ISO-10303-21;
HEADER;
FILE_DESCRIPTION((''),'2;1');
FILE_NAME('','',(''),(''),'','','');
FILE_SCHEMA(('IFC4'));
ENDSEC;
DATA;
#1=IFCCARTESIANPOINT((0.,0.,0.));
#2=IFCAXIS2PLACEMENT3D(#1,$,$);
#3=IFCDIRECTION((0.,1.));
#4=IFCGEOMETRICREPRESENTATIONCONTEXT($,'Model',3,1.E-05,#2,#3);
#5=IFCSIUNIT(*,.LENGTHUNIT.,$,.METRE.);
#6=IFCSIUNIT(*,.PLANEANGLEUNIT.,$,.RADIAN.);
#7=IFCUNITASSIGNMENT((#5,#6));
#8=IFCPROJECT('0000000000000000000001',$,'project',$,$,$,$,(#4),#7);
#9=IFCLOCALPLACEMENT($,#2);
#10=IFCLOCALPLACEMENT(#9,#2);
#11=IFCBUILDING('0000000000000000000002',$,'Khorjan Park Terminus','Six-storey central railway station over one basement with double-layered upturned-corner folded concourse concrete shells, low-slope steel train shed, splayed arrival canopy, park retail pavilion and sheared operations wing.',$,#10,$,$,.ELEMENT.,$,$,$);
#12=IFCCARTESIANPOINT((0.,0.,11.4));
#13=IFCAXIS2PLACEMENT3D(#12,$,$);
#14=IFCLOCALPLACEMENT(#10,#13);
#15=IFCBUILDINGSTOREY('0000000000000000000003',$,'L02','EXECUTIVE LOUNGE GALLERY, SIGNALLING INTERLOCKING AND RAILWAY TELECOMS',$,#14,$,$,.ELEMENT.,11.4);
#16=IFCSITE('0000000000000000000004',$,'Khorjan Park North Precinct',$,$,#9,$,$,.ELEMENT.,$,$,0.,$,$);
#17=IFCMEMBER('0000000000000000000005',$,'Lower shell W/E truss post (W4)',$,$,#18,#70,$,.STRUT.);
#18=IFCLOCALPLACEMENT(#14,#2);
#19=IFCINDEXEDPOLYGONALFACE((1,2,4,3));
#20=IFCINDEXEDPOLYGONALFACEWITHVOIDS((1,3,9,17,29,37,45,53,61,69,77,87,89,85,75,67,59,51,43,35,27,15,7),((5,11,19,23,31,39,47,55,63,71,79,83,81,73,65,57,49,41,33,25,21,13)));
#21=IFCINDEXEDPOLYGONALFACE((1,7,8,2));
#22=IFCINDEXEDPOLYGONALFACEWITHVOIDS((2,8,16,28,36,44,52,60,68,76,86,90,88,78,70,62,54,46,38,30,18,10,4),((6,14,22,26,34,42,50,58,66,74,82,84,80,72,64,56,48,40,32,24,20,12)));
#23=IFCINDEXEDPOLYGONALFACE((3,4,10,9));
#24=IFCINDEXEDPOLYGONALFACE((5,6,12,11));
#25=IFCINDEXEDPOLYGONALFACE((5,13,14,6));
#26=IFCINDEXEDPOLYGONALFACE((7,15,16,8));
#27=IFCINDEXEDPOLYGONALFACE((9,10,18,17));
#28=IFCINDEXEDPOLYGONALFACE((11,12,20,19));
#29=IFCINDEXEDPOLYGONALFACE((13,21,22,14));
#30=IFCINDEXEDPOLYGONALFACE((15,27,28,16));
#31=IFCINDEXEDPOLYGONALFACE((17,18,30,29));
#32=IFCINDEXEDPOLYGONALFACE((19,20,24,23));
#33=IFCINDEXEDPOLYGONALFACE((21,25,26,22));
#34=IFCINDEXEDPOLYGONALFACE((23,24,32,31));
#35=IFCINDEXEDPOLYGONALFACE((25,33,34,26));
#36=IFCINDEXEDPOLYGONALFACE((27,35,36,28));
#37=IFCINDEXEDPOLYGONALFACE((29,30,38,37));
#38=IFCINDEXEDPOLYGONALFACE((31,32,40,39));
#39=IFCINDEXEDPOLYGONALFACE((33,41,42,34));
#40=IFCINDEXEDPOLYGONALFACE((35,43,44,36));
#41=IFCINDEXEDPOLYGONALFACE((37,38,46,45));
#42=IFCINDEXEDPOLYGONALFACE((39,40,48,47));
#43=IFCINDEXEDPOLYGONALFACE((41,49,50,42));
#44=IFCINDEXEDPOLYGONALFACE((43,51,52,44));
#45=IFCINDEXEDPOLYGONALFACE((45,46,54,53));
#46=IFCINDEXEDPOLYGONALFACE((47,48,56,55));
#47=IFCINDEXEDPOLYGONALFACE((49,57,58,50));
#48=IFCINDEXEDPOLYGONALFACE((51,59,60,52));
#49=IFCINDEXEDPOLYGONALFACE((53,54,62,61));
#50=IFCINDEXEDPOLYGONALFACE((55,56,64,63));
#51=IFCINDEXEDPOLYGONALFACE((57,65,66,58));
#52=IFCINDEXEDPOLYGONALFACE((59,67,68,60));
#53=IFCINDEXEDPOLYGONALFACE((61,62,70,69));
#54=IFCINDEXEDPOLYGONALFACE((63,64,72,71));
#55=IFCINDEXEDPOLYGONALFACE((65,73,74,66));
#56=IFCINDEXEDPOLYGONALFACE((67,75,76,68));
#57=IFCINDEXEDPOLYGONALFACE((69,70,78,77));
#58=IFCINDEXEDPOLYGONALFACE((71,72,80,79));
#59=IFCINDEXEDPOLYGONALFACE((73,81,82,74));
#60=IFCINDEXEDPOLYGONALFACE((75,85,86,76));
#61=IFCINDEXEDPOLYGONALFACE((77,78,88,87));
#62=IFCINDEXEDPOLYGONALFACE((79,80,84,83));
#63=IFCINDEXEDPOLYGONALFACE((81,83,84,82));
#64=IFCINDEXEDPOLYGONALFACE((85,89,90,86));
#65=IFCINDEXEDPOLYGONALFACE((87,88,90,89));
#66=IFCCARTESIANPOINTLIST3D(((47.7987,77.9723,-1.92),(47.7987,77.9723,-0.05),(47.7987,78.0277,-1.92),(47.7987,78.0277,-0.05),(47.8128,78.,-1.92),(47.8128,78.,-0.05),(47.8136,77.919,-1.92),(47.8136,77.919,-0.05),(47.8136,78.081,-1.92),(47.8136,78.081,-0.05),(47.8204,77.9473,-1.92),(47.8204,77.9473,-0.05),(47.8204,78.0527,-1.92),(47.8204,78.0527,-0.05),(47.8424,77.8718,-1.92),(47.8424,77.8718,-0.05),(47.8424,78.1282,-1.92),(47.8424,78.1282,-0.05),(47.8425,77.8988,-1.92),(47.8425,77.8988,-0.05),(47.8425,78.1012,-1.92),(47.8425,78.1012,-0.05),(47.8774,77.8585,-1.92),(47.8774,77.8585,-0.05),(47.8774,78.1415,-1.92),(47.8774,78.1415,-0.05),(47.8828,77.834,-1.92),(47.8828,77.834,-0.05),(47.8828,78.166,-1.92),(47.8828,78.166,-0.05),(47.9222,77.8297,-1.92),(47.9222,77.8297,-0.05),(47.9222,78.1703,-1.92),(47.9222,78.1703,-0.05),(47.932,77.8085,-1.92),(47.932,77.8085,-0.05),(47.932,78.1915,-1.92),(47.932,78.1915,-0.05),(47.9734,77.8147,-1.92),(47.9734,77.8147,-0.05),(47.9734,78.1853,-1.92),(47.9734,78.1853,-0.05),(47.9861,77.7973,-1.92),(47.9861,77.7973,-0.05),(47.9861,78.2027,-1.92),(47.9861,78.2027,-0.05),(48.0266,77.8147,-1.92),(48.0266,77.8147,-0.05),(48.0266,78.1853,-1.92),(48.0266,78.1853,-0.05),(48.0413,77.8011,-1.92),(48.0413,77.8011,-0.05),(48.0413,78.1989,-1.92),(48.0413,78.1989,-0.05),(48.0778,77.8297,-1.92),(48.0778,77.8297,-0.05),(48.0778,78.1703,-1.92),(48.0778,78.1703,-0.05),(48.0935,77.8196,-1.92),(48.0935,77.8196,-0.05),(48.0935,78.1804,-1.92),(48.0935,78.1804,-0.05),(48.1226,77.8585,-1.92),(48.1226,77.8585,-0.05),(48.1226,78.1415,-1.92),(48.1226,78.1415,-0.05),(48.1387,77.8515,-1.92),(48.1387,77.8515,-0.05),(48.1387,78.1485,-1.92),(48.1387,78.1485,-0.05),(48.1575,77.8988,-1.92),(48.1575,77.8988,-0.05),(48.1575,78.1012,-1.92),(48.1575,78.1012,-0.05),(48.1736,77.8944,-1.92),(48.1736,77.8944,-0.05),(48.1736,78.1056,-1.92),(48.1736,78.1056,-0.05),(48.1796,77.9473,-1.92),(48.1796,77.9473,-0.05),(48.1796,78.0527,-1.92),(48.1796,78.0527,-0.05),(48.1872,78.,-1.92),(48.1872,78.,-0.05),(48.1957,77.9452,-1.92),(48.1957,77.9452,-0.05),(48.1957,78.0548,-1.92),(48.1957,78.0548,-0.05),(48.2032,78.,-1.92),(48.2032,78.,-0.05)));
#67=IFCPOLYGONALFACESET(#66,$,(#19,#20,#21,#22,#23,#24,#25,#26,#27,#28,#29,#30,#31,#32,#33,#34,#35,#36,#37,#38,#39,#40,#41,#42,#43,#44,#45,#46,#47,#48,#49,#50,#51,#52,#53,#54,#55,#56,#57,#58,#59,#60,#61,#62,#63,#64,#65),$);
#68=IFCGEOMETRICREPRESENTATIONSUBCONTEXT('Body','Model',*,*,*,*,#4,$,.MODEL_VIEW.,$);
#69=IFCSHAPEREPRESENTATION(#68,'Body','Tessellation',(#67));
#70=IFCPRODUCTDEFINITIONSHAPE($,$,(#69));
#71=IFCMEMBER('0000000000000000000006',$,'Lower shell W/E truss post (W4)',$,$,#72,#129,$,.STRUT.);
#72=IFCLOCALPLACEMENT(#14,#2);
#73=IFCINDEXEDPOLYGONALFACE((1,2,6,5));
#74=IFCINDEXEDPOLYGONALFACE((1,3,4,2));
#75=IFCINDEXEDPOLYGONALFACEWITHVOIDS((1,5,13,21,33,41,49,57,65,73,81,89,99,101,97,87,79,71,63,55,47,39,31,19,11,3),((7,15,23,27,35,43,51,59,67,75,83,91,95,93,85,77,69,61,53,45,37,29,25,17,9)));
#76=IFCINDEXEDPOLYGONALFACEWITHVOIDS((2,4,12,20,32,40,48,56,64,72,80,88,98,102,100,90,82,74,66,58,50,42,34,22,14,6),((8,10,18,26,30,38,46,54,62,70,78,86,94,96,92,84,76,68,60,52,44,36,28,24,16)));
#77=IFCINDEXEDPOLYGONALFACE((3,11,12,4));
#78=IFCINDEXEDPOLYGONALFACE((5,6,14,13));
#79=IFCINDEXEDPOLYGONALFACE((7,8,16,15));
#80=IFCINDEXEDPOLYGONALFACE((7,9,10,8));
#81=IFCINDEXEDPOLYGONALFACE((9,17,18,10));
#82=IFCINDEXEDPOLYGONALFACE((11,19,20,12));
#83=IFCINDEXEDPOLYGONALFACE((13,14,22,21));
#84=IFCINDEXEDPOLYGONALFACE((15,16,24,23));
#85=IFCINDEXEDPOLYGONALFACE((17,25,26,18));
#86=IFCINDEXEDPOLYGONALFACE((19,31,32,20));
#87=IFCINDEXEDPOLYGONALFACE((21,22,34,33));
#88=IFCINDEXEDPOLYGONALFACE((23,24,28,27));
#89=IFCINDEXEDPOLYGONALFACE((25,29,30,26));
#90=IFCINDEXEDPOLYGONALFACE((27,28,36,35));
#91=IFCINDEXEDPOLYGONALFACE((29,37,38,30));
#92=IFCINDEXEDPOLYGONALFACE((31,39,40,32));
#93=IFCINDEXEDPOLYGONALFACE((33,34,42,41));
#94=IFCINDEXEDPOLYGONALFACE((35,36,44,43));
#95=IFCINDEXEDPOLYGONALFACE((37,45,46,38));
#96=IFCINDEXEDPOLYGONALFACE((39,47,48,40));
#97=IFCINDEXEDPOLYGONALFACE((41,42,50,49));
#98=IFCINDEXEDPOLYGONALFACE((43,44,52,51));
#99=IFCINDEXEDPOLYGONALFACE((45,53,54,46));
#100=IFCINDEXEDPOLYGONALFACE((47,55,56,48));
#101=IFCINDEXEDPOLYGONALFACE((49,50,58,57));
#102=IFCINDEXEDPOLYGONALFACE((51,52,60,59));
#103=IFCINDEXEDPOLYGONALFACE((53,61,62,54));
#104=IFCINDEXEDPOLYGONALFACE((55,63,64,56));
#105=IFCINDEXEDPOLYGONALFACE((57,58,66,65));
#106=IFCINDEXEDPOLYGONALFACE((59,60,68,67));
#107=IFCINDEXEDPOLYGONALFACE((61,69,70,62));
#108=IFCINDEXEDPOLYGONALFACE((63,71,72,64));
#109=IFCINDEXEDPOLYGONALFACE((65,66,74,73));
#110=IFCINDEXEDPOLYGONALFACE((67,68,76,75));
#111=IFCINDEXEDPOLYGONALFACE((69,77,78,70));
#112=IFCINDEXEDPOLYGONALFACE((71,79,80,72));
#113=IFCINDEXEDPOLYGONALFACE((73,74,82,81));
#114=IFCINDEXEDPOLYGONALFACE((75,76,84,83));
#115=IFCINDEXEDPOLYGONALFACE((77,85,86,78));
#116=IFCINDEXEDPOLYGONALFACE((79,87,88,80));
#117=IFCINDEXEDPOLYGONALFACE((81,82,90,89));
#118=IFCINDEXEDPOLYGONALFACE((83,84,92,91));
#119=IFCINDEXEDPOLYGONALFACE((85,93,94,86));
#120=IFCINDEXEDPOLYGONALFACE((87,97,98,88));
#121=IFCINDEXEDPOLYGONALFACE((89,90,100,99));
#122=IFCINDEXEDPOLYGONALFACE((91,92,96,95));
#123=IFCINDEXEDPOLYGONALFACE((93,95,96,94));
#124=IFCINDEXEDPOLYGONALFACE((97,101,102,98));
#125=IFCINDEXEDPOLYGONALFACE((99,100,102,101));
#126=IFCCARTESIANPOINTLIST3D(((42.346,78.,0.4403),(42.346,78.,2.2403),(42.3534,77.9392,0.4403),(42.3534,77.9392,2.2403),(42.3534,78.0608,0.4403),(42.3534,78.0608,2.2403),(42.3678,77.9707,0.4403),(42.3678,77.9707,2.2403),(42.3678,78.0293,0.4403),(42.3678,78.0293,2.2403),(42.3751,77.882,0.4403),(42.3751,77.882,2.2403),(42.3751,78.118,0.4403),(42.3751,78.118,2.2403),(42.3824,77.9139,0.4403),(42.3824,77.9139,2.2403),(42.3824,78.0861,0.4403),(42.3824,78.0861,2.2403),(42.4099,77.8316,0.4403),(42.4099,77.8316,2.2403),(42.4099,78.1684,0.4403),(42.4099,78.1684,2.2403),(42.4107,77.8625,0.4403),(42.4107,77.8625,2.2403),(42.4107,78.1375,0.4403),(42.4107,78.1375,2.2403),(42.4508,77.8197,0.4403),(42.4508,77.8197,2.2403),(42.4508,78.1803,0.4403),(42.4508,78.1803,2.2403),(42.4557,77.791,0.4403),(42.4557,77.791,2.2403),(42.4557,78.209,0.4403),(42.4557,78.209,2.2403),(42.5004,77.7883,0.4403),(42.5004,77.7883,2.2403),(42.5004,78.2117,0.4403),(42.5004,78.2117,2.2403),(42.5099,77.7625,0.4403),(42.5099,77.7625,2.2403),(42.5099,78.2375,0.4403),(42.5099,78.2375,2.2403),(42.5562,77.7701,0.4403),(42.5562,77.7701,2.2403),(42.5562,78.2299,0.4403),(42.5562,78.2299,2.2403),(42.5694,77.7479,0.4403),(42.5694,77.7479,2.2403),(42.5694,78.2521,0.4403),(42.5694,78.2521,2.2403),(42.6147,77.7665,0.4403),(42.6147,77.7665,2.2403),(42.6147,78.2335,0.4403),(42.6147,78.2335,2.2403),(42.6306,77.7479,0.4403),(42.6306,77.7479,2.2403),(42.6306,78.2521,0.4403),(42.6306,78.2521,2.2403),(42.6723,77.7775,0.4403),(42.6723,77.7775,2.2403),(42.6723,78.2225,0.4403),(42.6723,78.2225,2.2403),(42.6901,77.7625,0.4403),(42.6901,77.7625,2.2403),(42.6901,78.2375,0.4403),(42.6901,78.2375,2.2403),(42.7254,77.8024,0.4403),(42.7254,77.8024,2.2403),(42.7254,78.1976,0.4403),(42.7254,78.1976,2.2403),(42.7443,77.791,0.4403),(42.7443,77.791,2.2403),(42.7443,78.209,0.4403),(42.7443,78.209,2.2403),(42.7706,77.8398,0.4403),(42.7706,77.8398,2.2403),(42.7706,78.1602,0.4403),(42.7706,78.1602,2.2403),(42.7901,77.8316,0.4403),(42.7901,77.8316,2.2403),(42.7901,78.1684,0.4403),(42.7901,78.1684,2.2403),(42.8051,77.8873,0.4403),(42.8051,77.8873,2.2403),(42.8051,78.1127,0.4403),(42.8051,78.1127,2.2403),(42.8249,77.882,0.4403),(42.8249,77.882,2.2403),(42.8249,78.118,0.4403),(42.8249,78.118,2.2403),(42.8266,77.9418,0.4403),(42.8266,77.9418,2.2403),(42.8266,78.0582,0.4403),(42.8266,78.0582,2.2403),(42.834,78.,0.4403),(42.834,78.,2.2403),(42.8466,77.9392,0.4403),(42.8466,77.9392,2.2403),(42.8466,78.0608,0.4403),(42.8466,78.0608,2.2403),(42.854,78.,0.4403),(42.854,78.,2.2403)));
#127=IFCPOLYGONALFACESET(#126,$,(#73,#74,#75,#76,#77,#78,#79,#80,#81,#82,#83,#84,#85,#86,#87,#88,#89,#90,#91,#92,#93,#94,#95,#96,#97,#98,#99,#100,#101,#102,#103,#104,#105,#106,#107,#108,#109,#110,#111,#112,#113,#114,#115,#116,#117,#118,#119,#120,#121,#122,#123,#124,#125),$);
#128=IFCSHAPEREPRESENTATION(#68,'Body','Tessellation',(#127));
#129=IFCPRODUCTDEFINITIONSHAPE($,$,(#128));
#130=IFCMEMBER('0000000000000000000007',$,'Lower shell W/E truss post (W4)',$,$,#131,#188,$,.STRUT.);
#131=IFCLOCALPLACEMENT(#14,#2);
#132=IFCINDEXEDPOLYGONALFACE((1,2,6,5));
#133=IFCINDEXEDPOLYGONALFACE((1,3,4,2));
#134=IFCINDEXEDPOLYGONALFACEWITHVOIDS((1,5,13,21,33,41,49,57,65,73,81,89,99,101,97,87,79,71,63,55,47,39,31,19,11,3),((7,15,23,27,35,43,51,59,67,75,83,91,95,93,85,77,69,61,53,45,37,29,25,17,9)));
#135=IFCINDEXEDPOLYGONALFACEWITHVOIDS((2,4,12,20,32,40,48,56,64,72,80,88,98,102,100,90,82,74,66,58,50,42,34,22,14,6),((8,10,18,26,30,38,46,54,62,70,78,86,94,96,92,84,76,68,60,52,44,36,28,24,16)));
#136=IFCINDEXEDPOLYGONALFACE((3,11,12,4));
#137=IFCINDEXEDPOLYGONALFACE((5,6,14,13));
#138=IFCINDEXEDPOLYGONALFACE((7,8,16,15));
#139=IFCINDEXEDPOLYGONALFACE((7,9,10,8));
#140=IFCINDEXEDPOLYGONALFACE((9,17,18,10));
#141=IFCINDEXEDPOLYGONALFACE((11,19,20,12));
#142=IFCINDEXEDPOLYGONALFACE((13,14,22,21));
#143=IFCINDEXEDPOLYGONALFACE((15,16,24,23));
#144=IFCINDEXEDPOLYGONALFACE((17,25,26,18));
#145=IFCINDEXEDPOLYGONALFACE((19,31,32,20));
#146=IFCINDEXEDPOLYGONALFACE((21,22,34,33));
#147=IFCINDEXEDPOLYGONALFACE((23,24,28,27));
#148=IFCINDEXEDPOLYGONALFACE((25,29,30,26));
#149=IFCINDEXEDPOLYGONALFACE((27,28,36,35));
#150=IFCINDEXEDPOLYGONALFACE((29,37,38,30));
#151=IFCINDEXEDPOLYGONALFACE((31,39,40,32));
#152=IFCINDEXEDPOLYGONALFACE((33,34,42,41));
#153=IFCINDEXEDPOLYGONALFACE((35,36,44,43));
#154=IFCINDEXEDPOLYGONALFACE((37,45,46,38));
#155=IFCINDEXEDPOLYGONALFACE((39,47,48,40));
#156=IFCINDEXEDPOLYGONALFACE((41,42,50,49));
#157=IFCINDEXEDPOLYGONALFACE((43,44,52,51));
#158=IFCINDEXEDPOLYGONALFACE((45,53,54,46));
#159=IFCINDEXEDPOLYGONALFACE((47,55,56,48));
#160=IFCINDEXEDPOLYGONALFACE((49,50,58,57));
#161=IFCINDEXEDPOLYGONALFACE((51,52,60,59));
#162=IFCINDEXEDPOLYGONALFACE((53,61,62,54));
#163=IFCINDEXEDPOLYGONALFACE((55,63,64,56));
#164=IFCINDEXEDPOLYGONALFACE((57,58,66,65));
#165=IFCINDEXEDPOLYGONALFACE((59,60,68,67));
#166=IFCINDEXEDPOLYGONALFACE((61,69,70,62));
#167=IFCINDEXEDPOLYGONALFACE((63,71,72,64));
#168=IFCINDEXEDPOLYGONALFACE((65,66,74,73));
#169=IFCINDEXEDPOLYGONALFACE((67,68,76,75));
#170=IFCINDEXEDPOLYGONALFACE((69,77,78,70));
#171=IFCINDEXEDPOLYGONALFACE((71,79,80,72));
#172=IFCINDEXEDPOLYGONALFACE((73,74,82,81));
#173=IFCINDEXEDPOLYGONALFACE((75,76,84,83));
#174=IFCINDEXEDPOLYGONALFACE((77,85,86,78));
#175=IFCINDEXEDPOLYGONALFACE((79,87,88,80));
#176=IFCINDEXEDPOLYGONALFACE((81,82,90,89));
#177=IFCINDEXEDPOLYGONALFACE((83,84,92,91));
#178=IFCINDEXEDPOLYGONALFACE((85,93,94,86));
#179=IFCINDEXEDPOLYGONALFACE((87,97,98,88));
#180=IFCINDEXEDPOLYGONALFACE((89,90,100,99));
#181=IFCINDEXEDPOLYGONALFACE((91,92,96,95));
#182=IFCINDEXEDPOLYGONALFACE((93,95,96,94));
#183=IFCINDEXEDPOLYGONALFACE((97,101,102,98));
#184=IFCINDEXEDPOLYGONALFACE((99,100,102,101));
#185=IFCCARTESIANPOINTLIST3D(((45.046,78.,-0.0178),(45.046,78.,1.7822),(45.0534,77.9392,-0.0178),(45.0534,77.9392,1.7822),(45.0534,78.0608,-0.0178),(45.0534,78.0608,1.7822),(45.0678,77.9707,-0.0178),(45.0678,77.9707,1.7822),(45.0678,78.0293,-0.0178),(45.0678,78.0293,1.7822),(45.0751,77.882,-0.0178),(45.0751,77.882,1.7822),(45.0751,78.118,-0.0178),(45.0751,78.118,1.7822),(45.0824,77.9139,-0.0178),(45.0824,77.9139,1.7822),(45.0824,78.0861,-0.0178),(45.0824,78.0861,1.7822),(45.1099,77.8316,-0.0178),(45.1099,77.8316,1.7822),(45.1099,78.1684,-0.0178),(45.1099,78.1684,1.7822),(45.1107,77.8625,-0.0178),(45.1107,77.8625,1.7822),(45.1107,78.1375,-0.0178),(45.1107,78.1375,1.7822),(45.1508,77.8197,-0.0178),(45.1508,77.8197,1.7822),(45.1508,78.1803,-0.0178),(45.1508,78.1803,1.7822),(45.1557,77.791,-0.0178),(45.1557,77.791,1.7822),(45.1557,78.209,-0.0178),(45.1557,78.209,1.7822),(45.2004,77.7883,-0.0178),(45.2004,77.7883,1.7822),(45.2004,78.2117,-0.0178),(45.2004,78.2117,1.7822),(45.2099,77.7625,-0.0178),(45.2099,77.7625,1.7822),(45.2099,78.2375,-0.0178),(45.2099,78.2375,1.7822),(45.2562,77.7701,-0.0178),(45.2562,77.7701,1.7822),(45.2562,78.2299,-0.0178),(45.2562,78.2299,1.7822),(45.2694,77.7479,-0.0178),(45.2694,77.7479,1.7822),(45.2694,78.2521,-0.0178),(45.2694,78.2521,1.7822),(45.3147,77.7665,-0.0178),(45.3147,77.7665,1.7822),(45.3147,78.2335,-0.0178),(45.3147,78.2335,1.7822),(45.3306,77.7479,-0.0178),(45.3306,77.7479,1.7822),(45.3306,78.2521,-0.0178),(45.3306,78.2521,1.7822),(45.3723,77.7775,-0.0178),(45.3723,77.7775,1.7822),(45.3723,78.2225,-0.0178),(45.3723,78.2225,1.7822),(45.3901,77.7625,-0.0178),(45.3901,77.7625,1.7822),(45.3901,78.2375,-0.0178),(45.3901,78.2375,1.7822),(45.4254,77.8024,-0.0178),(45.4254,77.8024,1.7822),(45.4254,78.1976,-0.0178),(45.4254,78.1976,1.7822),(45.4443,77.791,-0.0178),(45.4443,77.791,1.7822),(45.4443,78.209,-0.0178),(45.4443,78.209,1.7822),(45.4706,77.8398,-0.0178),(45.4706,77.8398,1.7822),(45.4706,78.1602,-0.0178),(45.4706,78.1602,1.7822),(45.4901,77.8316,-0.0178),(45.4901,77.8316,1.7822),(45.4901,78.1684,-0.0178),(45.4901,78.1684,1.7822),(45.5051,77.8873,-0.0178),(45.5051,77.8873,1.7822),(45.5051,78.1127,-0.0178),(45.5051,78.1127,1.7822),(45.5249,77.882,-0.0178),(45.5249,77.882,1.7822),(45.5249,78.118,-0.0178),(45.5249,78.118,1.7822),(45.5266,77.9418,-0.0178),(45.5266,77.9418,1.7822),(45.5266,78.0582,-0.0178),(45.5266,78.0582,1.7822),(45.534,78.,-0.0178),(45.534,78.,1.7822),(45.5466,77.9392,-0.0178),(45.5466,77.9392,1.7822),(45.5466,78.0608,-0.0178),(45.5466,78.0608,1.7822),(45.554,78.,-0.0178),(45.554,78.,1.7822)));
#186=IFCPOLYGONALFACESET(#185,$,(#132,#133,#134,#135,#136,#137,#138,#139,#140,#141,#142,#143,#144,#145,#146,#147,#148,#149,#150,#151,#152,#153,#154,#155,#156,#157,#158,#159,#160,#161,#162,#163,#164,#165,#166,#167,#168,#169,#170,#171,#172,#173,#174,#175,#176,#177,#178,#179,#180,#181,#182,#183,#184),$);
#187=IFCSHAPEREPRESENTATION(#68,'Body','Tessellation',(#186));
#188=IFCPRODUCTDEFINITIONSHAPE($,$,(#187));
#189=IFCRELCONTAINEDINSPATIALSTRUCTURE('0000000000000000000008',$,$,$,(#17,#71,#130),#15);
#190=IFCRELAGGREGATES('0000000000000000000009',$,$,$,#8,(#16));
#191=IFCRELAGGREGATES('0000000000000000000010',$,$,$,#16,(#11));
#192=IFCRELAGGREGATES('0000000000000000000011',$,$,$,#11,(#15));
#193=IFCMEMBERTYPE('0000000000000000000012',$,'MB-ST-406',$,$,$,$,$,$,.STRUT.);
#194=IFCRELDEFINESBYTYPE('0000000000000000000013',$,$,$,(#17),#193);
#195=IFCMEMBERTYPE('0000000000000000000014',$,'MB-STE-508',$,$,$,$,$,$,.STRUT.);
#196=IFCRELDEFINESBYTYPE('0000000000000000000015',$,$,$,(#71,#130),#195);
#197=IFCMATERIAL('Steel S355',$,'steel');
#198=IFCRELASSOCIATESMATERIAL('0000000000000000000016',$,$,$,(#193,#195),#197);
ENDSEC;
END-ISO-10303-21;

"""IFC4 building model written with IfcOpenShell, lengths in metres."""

from ifc_helpers import new_model, si_unit, direction, frame, origin, origin_2d, place, context, subcontext, project, spatial, hollow_circle, extrude, material, material_profile, profile_set, type_object, element, save


model = new_model("IFC4")

# Units and contexts
model_context = context("Model", 3, precision=1e-05, world=origin(), true_north=direction((0.0, 1.0)))
body_context = subcontext(model_context, "Body", "Model", "MODEL_VIEW")
ifc_project = project(units=[si_unit("LENGTHUNIT", "METRE"), si_unit("PLANEANGLEUNIT", "RADIAN")], contexts=[model_context])

# Site, building, storey
site_placement = place(None, origin())
site = spatial("IfcSite", under=ifc_project, at=site_placement, Name="Khorjan Park North Precinct", CompositionType="ELEMENT", RefElevation=0.0)
building_placement = place(site_placement, origin())
building = spatial("IfcBuilding", under=site, at=building_placement, Name="Khorjan Park Terminus", Description="Six-storey central railway station over one basement with double-layered upturned-corner folded concourse concrete shells, low-slope steel train shed, splayed arrival canopy, park retail pavilion and sheared operations wing.", CompositionType="ELEMENT")
storey_placement = place(building_placement, frame((0.0, 0.0, 11.4)))
storey = spatial("IfcBuildingStorey", under=building, at=storey_placement, Name="L02", Description="EXECUTIVE LOUNGE GALLERY, SIGNALLING INTERLOCKING AND RAILWAY TELECOMS", CompositionType="ELEMENT", Elevation=11.4)

# Shared definitions
ifc_material_1 = material(Name="Steel S355", Category="steel")

# Members
ifc_material_profile_1 = material_profile(ifc_material_1, hollow_circle(Radius=0.2032, WallThickness=0.016, at=origin_2d()), Name="CHS 406.4x16")
ifc_profile_set_1 = profile_set([ifc_material_profile_1], Name="Steel S355")
member_type_1 = type_object("IfcMemberType", Name="MB-ST-406", PredefinedType="STRUT", material=ifc_profile_set_1)
member_1_placement = place(storey_placement, frame((48.0, 78.0, -1.92), z_axis=(0.0, 0.0, 1.0), x_axis=(1.0, 0.0, 0.0)))
element("IfcMember", 1, at=member_1_placement, inside=storey, type_object=member_type_1, Name="Lower shell W/E truss post (W4)", PredefinedType="STRUT", context=body_context, shape_type="SweptSolid", body=[
    extrude(hollow_circle(Radius=0.2032, WallThickness=0.016, at=origin_2d()), origin(), (0.0, 0.0, 1.0), 1.87),
])
ifc_material_profile_2 = material_profile(ifc_material_1, hollow_circle(Radius=0.254, WallThickness=0.02, at=origin_2d()), Name="CHS 508x20")
ifc_profile_set_2 = profile_set([ifc_material_profile_2], Name="Steel S355")
member_type_2 = type_object("IfcMemberType", Name="MB-STE-508", PredefinedType="STRUT", material=ifc_profile_set_2)
for number, where, z_axis, x_axis, name in (
    (2, (42.6, 78.0, 0.4403), (0.0, 0.0, 1.0), (1.0, 0.0, 0.0), "Lower shell W/E truss post (W4)"),
    (3, (45.3, 78.0, -0.0178), (0.0, 0.0, 1.0), (1.0, 0.0, 0.0), "Lower shell W/E truss post (W4)"),
):
    element("IfcMember", number, at=place(storey_placement, frame(where, z_axis=z_axis, x_axis=x_axis)), inside=storey, type_object=member_type_2, Name=name, PredefinedType="STRUT", context=body_context, shape_type="SweptSolid", body=[
        extrude(hollow_circle(Radius=0.254, WallThickness=0.02, at=origin_2d()), origin(), (0.0, 0.0, 1.0), 1.8),
    ])

save(model, "model.ifc")
